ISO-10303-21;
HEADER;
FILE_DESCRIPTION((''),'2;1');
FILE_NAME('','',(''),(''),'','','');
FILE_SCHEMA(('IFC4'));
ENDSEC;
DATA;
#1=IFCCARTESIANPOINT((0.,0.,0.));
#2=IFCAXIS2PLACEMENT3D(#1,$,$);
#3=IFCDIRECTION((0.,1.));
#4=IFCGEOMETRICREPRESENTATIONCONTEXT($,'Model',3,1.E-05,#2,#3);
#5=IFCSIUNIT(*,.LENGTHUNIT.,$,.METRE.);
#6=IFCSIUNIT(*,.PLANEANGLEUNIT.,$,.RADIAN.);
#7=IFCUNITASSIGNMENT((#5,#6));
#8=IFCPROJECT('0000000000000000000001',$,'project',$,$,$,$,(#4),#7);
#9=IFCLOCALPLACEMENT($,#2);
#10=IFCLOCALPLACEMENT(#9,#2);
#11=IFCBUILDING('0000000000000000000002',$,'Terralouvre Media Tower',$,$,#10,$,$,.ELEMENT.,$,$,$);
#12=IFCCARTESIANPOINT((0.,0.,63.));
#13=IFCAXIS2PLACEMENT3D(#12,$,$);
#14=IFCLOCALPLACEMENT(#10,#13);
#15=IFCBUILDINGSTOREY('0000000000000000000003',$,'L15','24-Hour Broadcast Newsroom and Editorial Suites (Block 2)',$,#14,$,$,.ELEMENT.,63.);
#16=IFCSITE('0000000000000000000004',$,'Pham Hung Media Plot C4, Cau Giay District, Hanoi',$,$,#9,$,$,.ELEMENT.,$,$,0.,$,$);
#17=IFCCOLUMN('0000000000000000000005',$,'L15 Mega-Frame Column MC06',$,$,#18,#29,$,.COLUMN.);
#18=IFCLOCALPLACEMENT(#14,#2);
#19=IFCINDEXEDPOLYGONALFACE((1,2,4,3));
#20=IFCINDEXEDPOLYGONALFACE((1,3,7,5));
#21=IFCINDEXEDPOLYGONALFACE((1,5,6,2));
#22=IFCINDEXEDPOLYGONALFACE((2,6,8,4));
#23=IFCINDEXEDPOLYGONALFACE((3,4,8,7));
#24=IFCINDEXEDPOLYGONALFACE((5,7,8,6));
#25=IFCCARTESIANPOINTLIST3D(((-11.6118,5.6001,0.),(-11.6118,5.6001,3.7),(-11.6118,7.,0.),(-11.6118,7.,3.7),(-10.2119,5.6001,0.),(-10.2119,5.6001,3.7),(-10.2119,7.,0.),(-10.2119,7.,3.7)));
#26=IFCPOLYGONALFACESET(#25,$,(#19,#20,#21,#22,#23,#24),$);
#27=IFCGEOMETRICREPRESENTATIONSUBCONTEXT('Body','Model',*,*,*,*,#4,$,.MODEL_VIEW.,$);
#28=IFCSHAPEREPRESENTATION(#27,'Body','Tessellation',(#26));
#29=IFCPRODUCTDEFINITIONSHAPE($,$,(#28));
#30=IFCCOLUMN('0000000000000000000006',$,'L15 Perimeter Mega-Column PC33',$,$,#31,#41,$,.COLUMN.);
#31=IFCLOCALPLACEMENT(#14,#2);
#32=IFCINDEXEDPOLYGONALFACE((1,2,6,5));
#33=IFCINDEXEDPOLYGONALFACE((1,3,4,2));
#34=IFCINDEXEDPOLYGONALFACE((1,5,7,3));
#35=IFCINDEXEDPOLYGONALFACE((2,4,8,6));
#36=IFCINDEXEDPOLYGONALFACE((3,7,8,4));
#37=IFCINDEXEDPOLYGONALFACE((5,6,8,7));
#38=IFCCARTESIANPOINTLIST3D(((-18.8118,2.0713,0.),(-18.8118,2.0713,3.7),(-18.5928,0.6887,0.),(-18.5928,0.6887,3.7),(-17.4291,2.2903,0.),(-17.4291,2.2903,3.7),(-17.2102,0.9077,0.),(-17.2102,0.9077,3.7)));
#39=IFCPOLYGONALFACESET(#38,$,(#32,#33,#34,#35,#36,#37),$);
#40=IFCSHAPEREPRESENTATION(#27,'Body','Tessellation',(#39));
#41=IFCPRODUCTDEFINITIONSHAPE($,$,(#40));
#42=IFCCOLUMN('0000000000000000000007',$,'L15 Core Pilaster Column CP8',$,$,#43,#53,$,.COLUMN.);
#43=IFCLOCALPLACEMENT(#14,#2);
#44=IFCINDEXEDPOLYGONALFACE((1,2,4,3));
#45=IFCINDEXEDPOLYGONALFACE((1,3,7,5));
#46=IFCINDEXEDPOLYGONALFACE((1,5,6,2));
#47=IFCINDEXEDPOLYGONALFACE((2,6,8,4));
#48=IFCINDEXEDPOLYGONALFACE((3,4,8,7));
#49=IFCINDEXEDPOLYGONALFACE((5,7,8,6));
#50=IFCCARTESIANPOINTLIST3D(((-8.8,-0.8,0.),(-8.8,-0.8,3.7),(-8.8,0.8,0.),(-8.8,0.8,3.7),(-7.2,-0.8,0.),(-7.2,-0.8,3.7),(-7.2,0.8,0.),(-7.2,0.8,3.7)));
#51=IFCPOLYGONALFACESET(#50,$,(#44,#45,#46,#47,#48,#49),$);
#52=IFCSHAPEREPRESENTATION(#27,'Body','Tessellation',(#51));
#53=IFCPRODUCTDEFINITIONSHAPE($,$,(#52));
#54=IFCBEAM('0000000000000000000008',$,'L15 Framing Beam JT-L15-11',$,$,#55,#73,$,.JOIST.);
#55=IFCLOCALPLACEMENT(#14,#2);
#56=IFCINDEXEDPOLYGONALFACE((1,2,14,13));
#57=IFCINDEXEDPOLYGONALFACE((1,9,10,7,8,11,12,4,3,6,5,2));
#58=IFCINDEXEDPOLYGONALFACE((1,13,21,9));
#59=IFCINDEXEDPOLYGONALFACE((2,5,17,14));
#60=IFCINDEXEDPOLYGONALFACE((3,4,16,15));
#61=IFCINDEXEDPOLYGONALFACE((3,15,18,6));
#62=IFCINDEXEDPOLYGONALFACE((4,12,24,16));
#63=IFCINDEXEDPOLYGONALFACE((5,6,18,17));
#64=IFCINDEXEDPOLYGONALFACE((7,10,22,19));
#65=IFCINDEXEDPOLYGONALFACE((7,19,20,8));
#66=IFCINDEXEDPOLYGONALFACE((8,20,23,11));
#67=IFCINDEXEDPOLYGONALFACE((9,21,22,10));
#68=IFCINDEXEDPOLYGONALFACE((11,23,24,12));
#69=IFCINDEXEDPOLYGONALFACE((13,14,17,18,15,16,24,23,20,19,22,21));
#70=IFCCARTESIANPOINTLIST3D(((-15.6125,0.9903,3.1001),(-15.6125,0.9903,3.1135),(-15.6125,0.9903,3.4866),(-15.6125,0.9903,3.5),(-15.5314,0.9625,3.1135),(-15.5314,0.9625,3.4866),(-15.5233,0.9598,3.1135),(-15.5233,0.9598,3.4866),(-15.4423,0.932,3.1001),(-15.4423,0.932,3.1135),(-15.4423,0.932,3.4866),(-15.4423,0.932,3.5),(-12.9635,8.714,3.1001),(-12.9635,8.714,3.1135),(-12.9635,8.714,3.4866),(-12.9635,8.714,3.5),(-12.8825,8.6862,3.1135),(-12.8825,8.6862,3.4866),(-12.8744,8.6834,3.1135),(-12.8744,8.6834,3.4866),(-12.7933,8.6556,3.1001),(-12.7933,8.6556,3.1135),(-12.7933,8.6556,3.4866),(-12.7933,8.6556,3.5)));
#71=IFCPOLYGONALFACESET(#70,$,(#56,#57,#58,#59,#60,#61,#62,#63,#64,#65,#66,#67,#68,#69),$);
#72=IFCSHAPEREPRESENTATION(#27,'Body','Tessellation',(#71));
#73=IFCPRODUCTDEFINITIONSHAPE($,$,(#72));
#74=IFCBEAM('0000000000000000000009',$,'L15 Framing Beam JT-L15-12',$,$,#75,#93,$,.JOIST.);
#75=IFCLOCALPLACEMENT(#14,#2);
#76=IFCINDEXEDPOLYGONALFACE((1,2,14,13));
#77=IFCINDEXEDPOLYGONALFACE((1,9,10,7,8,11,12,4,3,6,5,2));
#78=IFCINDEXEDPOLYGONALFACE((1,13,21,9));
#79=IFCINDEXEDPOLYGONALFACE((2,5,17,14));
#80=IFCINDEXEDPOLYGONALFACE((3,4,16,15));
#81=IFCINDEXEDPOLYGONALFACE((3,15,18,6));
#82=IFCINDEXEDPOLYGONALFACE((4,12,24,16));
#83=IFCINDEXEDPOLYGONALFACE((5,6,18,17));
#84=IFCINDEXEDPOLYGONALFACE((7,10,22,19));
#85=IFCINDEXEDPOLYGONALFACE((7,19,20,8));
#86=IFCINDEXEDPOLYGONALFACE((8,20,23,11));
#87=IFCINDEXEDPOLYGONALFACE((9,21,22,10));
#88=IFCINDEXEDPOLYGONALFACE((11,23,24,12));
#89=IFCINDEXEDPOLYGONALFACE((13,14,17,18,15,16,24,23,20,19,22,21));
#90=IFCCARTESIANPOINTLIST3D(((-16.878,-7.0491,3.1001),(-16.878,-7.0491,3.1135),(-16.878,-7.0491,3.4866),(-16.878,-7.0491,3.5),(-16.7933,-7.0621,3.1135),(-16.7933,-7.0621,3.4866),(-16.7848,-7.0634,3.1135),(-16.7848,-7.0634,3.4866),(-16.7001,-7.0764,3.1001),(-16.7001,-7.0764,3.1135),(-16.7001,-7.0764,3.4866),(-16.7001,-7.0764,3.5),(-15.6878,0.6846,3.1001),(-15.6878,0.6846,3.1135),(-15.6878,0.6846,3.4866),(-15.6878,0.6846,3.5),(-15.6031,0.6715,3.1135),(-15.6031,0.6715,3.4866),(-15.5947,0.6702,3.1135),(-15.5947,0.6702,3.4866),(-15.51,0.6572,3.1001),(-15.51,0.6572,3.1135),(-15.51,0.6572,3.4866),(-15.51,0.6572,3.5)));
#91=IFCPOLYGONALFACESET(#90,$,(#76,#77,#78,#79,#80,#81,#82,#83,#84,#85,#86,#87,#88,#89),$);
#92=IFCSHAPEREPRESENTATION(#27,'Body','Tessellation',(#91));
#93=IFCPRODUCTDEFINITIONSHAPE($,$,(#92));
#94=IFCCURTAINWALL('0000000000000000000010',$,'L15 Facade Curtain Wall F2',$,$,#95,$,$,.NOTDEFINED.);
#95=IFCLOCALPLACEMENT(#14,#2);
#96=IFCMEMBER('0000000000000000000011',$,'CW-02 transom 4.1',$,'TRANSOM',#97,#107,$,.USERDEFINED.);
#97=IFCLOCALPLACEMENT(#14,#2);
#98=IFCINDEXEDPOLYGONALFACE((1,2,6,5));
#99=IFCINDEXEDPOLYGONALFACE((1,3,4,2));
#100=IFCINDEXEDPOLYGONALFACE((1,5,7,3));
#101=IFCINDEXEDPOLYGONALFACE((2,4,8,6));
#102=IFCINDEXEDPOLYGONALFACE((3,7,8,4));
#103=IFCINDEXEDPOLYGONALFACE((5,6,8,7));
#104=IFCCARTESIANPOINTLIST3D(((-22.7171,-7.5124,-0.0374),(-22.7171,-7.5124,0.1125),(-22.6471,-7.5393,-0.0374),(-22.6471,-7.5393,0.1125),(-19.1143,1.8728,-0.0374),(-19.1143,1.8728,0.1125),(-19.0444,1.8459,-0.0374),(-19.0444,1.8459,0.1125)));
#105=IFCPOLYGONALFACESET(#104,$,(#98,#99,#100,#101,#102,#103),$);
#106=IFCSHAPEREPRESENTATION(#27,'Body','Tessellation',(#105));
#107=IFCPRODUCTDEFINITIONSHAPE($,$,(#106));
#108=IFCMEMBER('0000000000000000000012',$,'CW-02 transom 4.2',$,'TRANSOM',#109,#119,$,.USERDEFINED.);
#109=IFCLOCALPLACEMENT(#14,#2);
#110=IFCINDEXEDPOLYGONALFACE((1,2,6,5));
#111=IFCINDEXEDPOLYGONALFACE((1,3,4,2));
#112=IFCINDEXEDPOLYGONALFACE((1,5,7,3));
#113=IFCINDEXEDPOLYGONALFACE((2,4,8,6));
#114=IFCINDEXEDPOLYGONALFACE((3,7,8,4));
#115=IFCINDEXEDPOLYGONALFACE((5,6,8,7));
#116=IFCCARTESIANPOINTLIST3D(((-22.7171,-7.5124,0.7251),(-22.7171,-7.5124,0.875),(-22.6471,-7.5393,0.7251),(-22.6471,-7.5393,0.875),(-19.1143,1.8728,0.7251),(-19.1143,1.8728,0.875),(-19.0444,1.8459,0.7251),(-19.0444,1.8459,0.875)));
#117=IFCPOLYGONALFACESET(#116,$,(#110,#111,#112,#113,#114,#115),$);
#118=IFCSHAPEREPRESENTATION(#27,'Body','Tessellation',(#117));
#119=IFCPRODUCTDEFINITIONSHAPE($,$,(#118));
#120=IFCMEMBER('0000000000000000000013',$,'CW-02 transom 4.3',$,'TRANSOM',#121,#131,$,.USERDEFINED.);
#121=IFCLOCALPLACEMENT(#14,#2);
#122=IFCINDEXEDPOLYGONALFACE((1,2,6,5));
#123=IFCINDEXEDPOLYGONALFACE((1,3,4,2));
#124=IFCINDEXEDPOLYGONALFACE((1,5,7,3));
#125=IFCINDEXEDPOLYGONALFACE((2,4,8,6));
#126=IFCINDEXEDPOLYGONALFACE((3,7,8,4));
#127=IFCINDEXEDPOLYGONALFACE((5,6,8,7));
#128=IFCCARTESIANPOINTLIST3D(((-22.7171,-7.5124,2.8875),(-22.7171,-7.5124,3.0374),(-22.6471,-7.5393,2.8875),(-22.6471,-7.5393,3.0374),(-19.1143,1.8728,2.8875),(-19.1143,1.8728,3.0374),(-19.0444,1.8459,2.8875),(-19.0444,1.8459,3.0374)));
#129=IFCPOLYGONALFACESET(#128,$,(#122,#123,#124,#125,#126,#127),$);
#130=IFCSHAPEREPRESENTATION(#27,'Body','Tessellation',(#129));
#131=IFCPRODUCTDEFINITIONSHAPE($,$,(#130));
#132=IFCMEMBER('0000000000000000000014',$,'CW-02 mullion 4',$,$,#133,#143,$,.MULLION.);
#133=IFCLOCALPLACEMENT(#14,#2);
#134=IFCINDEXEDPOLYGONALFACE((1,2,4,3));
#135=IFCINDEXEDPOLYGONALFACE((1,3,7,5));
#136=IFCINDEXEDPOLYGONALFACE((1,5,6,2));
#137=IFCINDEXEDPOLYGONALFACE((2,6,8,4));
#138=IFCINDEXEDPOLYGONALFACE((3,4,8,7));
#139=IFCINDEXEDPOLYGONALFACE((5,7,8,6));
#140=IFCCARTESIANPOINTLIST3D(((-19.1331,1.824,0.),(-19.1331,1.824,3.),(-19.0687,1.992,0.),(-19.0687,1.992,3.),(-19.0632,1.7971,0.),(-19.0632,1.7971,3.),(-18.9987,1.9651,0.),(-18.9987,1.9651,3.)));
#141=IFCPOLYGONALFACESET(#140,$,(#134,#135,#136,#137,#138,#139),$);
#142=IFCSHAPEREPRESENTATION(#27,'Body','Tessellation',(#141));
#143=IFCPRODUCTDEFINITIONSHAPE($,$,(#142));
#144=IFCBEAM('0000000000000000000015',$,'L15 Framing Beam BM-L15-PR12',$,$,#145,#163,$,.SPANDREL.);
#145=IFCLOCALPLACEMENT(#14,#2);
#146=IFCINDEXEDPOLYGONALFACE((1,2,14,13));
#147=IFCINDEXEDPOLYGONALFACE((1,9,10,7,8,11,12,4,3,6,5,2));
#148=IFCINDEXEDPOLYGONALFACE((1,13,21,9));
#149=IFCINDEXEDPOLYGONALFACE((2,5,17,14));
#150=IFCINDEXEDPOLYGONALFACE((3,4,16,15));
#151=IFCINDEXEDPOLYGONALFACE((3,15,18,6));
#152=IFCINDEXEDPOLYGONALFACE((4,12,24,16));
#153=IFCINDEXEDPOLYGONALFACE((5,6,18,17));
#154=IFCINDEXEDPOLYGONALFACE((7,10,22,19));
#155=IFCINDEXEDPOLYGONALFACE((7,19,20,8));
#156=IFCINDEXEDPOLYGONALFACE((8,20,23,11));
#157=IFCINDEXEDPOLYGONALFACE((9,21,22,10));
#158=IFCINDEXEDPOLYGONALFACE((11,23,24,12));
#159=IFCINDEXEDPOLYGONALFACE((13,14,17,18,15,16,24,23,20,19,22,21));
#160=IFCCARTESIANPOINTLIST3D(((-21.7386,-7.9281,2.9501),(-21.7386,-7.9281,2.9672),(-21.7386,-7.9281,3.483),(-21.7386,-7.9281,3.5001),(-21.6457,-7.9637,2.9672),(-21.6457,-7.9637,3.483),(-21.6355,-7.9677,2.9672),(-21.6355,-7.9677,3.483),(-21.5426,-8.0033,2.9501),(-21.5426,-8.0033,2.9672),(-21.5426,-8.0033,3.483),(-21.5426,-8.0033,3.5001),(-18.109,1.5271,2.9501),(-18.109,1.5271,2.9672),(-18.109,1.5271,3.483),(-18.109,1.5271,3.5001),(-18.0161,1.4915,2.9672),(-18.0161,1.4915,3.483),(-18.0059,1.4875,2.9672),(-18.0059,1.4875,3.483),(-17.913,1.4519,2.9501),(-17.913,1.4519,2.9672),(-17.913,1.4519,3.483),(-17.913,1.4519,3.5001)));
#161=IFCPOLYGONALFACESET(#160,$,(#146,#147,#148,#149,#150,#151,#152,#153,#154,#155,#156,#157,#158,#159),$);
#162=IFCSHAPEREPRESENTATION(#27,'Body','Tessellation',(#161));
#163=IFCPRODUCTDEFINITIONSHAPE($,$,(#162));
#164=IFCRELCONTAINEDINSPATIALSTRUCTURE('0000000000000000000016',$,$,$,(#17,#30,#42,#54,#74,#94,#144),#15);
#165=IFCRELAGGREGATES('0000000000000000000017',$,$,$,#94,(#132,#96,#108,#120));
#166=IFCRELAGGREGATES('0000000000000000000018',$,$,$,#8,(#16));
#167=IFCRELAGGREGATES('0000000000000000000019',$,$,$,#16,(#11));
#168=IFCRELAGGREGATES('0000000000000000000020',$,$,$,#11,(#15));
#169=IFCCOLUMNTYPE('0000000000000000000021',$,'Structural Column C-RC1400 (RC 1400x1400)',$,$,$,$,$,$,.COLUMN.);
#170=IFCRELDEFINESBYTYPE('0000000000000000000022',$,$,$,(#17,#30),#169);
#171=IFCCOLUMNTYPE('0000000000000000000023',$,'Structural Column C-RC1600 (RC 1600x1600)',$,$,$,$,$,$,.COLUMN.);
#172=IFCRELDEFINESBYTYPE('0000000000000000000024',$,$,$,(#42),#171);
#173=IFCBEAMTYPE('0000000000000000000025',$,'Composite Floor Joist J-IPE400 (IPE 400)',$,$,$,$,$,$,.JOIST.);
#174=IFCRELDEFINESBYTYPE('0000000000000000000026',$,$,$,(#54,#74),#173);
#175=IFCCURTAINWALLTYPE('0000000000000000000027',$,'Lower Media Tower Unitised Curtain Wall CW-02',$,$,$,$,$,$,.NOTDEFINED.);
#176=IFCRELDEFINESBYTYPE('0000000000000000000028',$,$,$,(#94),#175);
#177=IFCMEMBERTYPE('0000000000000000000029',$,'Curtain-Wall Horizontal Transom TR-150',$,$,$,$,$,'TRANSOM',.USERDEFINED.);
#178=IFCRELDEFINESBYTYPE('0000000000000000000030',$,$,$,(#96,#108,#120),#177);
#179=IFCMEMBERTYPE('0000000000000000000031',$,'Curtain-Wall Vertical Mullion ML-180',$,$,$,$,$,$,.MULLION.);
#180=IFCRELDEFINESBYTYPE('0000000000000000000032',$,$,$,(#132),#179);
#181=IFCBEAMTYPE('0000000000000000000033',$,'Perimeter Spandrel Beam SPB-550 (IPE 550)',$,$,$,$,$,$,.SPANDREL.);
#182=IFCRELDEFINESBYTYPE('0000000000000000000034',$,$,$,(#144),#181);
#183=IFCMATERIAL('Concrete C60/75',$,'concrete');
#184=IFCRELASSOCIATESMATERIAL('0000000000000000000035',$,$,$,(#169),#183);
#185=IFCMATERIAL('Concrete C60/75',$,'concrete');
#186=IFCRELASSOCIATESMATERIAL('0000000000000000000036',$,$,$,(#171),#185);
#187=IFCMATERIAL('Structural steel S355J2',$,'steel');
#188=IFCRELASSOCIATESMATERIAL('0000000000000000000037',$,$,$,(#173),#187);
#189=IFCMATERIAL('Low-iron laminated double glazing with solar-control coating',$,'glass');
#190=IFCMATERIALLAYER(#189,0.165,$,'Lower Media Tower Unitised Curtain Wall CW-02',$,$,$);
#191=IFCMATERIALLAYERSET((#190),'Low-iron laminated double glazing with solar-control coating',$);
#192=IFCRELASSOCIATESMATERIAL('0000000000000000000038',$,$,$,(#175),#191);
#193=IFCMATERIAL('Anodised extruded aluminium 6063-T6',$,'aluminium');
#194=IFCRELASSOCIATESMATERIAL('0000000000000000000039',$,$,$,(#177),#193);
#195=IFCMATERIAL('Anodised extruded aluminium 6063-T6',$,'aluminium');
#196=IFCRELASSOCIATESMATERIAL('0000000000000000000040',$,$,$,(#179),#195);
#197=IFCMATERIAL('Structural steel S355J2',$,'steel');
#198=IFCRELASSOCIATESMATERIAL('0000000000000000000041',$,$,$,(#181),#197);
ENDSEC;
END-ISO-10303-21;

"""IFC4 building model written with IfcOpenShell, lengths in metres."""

from ifc_helpers import new_model, si_unit, direction, frame, origin, origin_2d, place, context, subcontext, project, spatial, rectangle, i_section, extrude, material, layer, layer_set, material_profile, profile_set, type_object, element, aggregate, save


model = new_model("IFC4")

# Units and contexts
model_context = context("Model", 3, precision=1e-05, world=origin(), true_north=direction((0.0, 1.0)))
body_context = subcontext(model_context, "Body", "Model", "MODEL_VIEW")
ifc_project = project(units=[si_unit("LENGTHUNIT", "METRE"), si_unit("PLANEANGLEUNIT", "RADIAN")], contexts=[model_context])

# Site, building, storey
site_placement = place(None, origin())
site = spatial("IfcSite", under=ifc_project, at=site_placement, Name="Pham Hung Media Plot C4, Cau Giay District, Hanoi", CompositionType="ELEMENT", RefElevation=0.0)
building_placement = place(site_placement, origin())
building = spatial("IfcBuilding", under=site, at=building_placement, Name="Terralouvre Media Tower", CompositionType="ELEMENT")
storey_placement = place(building_placement, frame((0.0, 0.0, 63.0)))
storey = spatial("IfcBuildingStorey", under=building, at=storey_placement, Name="L15", Description="24-Hour Broadcast Newsroom and Editorial Suites (Block 2)", CompositionType="ELEMENT", Elevation=63.0)

# Columns
ifc_material_1 = material(Name="Concrete C60/75", Category="concrete")
ifc_material_profile_1 = material_profile(ifc_material_1, rectangle(XDim=1.3999, YDim=1.3999, at=origin_2d()), Name="RC 1400x1400")
ifc_profile_set_1 = profile_set([ifc_material_profile_1], Name="Concrete C60/75")
column_type_1 = type_object("IfcColumnType", Name="Structural Column C-RC1400 (RC 1400x1400)", PredefinedType="COLUMN", material=ifc_profile_set_1)
for number, where, z_axis, x_axis, name in (
    (1, (-10.9119, 6.3, 0.0), (0.0, 0.0, 1.0), (1.0, 0.0, 0.0), "L15 Mega-Frame Column MC06"),
    (2, (-18.011, 1.4895, 0.0), (0.0, 0.0, 1.0), (0.987688, 0.156434, 0.0), "L15 Perimeter Mega-Column PC33"),
):
    element("IfcColumn", number, at=place(storey_placement, frame(where, z_axis=z_axis, x_axis=x_axis)), inside=storey, type_object=column_type_1, Name=name, PredefinedType="COLUMN", context=body_context, shape_type="SweptSolid", body=[
        extrude(rectangle(XDim=1.3999, YDim=1.3999, at=origin_2d()), origin(), (0.0, 0.0, 1.0), 3.7),
    ])
ifc_material_2 = material(Name="Concrete C60/75", Category="concrete")
ifc_material_profile_2 = material_profile(ifc_material_2, rectangle(XDim=1.6001, YDim=1.6001, at=origin_2d()), Name="RC 1600x1600")
ifc_profile_set_2 = profile_set([ifc_material_profile_2], Name="Concrete C60/75")
column_type_2 = type_object("IfcColumnType", Name="Structural Column C-RC1600 (RC 1600x1600)", PredefinedType="COLUMN", material=ifc_profile_set_2)
column_placement = place(storey_placement, frame((-8.0, 0.0, 0.0), z_axis=(0.0, 0.0, 1.0), x_axis=(1.0, 0.0, 0.0)))
element("IfcColumn", 3, at=column_placement, inside=storey, type_object=column_type_2, Name="L15 Core Pilaster Column CP8", PredefinedType="COLUMN", context=body_context, shape_type="SweptSolid", body=[
    extrude(rectangle(XDim=1.6001, YDim=1.6001, at=origin_2d()), origin(), (0.0, 0.0, 1.0), 3.7),
])

# Beams
ifc_material_3 = material(Name="Structural steel S355J2", Category="steel")
ifc_material_profile_3 = material_profile(ifc_material_3, i_section(OverallWidth=0.1799, OverallDepth=0.3999, WebThickness=0.0085, FlangeThickness=0.0134, at=origin_2d()), Name="IPE 400")
ifc_profile_set_3 = profile_set([ifc_material_profile_3], Name="Structural steel S355J2")
beam_type_1 = type_object("IfcBeamType", Name="Composite Floor Joist J-IPE400 (IPE 400)", PredefinedType="JOIST", material=ifc_profile_set_3)
beam_1_placement = place(storey_placement, frame((-12.8784, 8.6848, 3.3), z_axis=(-0.324415, -0.945915, 0.0), x_axis=(0.945915, -0.324415, 0.0)))
element("IfcBeam", 4, at=beam_1_placement, inside=storey, type_object=beam_type_1, Name="L15 Framing Beam JT-L15-11", PredefinedType="JOIST", context=body_context, shape_type="SweptSolid", body=[
    extrude(i_section(OverallWidth=0.1799, OverallDepth=0.3999, WebThickness=0.0085, FlangeThickness=0.0134, at=origin_2d()), origin(), (0.0, 0.0, 1.0), 8.1653),
])
beam_2_placement = place(storey_placement, frame((-15.5989, 0.6709, 3.3), z_axis=(-0.152106, -0.988364, 0.0), x_axis=(0.988364, -0.152106, 0.0)))
element("IfcBeam", 5, at=beam_2_placement, inside=storey, type_object=beam_type_1, Name="L15 Framing Beam JT-L15-12", PredefinedType="JOIST", context=body_context, shape_type="SweptSolid", body=[
    extrude(i_section(OverallWidth=0.1799, OverallDepth=0.3999, WebThickness=0.0085, FlangeThickness=0.0134, at=origin_2d()), origin(), (0.0, 0.0, 1.0), 7.8247),
])

# Curtain wall, members
ifc_material_4 = material(Name="Low-iron laminated double glazing with solar-control coating", Category="glass")
ifc_layer_1 = layer(ifc_material_4, 0.165, Name="Lower Media Tower Unitised Curtain Wall CW-02")
ifc_layer_set_1 = layer_set([ifc_layer_1], Name="Low-iron laminated double glazing with solar-control coating")
curtain_wall_type = type_object("IfcCurtainWallType", Name="Lower Media Tower Unitised Curtain Wall CW-02", PredefinedType="NOTDEFINED", material=ifc_layer_set_1)
curtain_wall_placement = place(storey_placement, origin())
curtain_wall = element("IfcCurtainWall", 6, at=curtain_wall_placement, inside=storey, type_object=curtain_wall_type, Name="L15 Facade Curtain Wall F2", PredefinedType="NOTDEFINED")
ifc_material_5 = material(Name="Anodised extruded aluminium 6063-T6", Category="aluminium")
ifc_material_profile_4 = material_profile(ifc_material_5, rectangle(XDim=0.075, YDim=0.1499, at=origin_2d()), Name="ALU 75x150")
ifc_profile_set_4 = profile_set([ifc_material_profile_4], Name="Anodised extruded aluminium 6063-T6")
member_type_1 = type_object("IfcMemberType", Name="Curtain-Wall Horizontal Transom TR-150", ElementType="TRANSOM", PredefinedType="USERDEFINED", material=ifc_profile_set_4)
member_1_placement = place(storey_placement, frame((-19.0793, 1.8594, 0.0376), z_axis=(-0.358379, -0.933576, 0.0), x_axis=(0.933576, -0.358379, 0.0)))
member_1 = element("IfcMember", 7, at=member_1_placement, type_object=member_type_1, Name="CW-02 transom 4.1", ObjectType="TRANSOM", PredefinedType="USERDEFINED", context=body_context, shape_type="SweptSolid", body=[
    extrude(rectangle(XDim=0.075, YDim=0.1499, at=origin_2d()), origin(), (0.0, 0.0, 1.0), 10.053),
])
member_2_placement = place(storey_placement, frame((-19.0793, 1.8594, 0.8), z_axis=(-0.358379, -0.933576, 0.0), x_axis=(0.933576, -0.358379, 0.0)))
member_2 = element("IfcMember", 8, at=member_2_placement, type_object=member_type_1, Name="CW-02 transom 4.2", ObjectType="TRANSOM", PredefinedType="USERDEFINED", context=body_context, shape_type="SweptSolid", body=[
    extrude(rectangle(XDim=0.075, YDim=0.1499, at=origin_2d()), origin(), (0.0, 0.0, 1.0), 10.053),
])
member_3_placement = place(storey_placement, frame((-19.0793, 1.8594, 2.9624), z_axis=(-0.358379, -0.933576, 0.0), x_axis=(0.933576, -0.358379, 0.0)))
member_3 = element("IfcMember", 9, at=member_3_placement, type_object=member_type_1, Name="CW-02 transom 4.3", ObjectType="TRANSOM", PredefinedType="USERDEFINED", context=body_context, shape_type="SweptSolid", body=[
    extrude(rectangle(XDim=0.075, YDim=0.1499, at=origin_2d()), origin(), (0.0, 0.0, 1.0), 10.053),
])
ifc_material_6 = material(Name="Anodised extruded aluminium 6063-T6", Category="aluminium")
ifc_material_profile_5 = material_profile(ifc_material_6, rectangle(XDim=0.075, YDim=0.1799, at=origin_2d()), Name="ALU 75x180")
ifc_profile_set_5 = profile_set([ifc_material_profile_5], Name="Anodised extruded aluminium 6063-T6")
member_type_2 = type_object("IfcMemberType", Name="Curtain-Wall Vertical Mullion ML-180", PredefinedType="MULLION", material=ifc_profile_set_5)
member_4_placement = place(storey_placement, frame((-19.0659, 1.8945, 0.0), z_axis=(0.0, 0.0, 1.0), x_axis=(0.93358, -0.358368, 0.0)))
member_4 = element("IfcMember", 10, at=member_4_placement, type_object=member_type_2, Name="CW-02 mullion 4", PredefinedType="MULLION", context=body_context, shape_type="SweptSolid", body=[
    extrude(rectangle(XDim=0.075, YDim=0.1799, at=origin_2d()), origin(), (0.0, 0.0, 1.0), 3.0),
])

# Beam
ifc_material_7 = material(Name="Structural steel S355J2", Category="steel")
ifc_material_profile_6 = material_profile(ifc_material_7, i_section(OverallWidth=0.21, OverallDepth=0.55, WebThickness=0.011, FlangeThickness=0.0171, at=origin_2d()), Name="IPE 550")
ifc_profile_set_6 = profile_set([ifc_material_profile_6], Name="Structural steel S355J2")
beam_type_2 = type_object("IfcBeamType", Name="Perimeter Spandrel Beam SPB-550 (IPE 550)", PredefinedType="SPANDREL", material=ifc_profile_set_6)
beam_3_placement = place(storey_placement, frame((-18.011, 1.4895, 3.2251), z_axis=(-0.358375, -0.933578, 0.0), x_axis=(0.933578, -0.358375, 0.0)))
element("IfcBeam", 11, at=beam_3_placement, inside=storey, type_object=beam_type_2, Name="L15 Framing Beam BM-L15-PR12", PredefinedType="SPANDREL", context=body_context, shape_type="SweptSolid", body=[
    extrude(i_section(OverallWidth=0.21, OverallDepth=0.55, WebThickness=0.011, FlangeThickness=0.0171, at=origin_2d()), origin(), (0.0, 0.0, 1.0), 10.1279),
])

aggregate(curtain_wall, [member_4, member_1, member_2, member_3])

save(model, "model.ifc")
